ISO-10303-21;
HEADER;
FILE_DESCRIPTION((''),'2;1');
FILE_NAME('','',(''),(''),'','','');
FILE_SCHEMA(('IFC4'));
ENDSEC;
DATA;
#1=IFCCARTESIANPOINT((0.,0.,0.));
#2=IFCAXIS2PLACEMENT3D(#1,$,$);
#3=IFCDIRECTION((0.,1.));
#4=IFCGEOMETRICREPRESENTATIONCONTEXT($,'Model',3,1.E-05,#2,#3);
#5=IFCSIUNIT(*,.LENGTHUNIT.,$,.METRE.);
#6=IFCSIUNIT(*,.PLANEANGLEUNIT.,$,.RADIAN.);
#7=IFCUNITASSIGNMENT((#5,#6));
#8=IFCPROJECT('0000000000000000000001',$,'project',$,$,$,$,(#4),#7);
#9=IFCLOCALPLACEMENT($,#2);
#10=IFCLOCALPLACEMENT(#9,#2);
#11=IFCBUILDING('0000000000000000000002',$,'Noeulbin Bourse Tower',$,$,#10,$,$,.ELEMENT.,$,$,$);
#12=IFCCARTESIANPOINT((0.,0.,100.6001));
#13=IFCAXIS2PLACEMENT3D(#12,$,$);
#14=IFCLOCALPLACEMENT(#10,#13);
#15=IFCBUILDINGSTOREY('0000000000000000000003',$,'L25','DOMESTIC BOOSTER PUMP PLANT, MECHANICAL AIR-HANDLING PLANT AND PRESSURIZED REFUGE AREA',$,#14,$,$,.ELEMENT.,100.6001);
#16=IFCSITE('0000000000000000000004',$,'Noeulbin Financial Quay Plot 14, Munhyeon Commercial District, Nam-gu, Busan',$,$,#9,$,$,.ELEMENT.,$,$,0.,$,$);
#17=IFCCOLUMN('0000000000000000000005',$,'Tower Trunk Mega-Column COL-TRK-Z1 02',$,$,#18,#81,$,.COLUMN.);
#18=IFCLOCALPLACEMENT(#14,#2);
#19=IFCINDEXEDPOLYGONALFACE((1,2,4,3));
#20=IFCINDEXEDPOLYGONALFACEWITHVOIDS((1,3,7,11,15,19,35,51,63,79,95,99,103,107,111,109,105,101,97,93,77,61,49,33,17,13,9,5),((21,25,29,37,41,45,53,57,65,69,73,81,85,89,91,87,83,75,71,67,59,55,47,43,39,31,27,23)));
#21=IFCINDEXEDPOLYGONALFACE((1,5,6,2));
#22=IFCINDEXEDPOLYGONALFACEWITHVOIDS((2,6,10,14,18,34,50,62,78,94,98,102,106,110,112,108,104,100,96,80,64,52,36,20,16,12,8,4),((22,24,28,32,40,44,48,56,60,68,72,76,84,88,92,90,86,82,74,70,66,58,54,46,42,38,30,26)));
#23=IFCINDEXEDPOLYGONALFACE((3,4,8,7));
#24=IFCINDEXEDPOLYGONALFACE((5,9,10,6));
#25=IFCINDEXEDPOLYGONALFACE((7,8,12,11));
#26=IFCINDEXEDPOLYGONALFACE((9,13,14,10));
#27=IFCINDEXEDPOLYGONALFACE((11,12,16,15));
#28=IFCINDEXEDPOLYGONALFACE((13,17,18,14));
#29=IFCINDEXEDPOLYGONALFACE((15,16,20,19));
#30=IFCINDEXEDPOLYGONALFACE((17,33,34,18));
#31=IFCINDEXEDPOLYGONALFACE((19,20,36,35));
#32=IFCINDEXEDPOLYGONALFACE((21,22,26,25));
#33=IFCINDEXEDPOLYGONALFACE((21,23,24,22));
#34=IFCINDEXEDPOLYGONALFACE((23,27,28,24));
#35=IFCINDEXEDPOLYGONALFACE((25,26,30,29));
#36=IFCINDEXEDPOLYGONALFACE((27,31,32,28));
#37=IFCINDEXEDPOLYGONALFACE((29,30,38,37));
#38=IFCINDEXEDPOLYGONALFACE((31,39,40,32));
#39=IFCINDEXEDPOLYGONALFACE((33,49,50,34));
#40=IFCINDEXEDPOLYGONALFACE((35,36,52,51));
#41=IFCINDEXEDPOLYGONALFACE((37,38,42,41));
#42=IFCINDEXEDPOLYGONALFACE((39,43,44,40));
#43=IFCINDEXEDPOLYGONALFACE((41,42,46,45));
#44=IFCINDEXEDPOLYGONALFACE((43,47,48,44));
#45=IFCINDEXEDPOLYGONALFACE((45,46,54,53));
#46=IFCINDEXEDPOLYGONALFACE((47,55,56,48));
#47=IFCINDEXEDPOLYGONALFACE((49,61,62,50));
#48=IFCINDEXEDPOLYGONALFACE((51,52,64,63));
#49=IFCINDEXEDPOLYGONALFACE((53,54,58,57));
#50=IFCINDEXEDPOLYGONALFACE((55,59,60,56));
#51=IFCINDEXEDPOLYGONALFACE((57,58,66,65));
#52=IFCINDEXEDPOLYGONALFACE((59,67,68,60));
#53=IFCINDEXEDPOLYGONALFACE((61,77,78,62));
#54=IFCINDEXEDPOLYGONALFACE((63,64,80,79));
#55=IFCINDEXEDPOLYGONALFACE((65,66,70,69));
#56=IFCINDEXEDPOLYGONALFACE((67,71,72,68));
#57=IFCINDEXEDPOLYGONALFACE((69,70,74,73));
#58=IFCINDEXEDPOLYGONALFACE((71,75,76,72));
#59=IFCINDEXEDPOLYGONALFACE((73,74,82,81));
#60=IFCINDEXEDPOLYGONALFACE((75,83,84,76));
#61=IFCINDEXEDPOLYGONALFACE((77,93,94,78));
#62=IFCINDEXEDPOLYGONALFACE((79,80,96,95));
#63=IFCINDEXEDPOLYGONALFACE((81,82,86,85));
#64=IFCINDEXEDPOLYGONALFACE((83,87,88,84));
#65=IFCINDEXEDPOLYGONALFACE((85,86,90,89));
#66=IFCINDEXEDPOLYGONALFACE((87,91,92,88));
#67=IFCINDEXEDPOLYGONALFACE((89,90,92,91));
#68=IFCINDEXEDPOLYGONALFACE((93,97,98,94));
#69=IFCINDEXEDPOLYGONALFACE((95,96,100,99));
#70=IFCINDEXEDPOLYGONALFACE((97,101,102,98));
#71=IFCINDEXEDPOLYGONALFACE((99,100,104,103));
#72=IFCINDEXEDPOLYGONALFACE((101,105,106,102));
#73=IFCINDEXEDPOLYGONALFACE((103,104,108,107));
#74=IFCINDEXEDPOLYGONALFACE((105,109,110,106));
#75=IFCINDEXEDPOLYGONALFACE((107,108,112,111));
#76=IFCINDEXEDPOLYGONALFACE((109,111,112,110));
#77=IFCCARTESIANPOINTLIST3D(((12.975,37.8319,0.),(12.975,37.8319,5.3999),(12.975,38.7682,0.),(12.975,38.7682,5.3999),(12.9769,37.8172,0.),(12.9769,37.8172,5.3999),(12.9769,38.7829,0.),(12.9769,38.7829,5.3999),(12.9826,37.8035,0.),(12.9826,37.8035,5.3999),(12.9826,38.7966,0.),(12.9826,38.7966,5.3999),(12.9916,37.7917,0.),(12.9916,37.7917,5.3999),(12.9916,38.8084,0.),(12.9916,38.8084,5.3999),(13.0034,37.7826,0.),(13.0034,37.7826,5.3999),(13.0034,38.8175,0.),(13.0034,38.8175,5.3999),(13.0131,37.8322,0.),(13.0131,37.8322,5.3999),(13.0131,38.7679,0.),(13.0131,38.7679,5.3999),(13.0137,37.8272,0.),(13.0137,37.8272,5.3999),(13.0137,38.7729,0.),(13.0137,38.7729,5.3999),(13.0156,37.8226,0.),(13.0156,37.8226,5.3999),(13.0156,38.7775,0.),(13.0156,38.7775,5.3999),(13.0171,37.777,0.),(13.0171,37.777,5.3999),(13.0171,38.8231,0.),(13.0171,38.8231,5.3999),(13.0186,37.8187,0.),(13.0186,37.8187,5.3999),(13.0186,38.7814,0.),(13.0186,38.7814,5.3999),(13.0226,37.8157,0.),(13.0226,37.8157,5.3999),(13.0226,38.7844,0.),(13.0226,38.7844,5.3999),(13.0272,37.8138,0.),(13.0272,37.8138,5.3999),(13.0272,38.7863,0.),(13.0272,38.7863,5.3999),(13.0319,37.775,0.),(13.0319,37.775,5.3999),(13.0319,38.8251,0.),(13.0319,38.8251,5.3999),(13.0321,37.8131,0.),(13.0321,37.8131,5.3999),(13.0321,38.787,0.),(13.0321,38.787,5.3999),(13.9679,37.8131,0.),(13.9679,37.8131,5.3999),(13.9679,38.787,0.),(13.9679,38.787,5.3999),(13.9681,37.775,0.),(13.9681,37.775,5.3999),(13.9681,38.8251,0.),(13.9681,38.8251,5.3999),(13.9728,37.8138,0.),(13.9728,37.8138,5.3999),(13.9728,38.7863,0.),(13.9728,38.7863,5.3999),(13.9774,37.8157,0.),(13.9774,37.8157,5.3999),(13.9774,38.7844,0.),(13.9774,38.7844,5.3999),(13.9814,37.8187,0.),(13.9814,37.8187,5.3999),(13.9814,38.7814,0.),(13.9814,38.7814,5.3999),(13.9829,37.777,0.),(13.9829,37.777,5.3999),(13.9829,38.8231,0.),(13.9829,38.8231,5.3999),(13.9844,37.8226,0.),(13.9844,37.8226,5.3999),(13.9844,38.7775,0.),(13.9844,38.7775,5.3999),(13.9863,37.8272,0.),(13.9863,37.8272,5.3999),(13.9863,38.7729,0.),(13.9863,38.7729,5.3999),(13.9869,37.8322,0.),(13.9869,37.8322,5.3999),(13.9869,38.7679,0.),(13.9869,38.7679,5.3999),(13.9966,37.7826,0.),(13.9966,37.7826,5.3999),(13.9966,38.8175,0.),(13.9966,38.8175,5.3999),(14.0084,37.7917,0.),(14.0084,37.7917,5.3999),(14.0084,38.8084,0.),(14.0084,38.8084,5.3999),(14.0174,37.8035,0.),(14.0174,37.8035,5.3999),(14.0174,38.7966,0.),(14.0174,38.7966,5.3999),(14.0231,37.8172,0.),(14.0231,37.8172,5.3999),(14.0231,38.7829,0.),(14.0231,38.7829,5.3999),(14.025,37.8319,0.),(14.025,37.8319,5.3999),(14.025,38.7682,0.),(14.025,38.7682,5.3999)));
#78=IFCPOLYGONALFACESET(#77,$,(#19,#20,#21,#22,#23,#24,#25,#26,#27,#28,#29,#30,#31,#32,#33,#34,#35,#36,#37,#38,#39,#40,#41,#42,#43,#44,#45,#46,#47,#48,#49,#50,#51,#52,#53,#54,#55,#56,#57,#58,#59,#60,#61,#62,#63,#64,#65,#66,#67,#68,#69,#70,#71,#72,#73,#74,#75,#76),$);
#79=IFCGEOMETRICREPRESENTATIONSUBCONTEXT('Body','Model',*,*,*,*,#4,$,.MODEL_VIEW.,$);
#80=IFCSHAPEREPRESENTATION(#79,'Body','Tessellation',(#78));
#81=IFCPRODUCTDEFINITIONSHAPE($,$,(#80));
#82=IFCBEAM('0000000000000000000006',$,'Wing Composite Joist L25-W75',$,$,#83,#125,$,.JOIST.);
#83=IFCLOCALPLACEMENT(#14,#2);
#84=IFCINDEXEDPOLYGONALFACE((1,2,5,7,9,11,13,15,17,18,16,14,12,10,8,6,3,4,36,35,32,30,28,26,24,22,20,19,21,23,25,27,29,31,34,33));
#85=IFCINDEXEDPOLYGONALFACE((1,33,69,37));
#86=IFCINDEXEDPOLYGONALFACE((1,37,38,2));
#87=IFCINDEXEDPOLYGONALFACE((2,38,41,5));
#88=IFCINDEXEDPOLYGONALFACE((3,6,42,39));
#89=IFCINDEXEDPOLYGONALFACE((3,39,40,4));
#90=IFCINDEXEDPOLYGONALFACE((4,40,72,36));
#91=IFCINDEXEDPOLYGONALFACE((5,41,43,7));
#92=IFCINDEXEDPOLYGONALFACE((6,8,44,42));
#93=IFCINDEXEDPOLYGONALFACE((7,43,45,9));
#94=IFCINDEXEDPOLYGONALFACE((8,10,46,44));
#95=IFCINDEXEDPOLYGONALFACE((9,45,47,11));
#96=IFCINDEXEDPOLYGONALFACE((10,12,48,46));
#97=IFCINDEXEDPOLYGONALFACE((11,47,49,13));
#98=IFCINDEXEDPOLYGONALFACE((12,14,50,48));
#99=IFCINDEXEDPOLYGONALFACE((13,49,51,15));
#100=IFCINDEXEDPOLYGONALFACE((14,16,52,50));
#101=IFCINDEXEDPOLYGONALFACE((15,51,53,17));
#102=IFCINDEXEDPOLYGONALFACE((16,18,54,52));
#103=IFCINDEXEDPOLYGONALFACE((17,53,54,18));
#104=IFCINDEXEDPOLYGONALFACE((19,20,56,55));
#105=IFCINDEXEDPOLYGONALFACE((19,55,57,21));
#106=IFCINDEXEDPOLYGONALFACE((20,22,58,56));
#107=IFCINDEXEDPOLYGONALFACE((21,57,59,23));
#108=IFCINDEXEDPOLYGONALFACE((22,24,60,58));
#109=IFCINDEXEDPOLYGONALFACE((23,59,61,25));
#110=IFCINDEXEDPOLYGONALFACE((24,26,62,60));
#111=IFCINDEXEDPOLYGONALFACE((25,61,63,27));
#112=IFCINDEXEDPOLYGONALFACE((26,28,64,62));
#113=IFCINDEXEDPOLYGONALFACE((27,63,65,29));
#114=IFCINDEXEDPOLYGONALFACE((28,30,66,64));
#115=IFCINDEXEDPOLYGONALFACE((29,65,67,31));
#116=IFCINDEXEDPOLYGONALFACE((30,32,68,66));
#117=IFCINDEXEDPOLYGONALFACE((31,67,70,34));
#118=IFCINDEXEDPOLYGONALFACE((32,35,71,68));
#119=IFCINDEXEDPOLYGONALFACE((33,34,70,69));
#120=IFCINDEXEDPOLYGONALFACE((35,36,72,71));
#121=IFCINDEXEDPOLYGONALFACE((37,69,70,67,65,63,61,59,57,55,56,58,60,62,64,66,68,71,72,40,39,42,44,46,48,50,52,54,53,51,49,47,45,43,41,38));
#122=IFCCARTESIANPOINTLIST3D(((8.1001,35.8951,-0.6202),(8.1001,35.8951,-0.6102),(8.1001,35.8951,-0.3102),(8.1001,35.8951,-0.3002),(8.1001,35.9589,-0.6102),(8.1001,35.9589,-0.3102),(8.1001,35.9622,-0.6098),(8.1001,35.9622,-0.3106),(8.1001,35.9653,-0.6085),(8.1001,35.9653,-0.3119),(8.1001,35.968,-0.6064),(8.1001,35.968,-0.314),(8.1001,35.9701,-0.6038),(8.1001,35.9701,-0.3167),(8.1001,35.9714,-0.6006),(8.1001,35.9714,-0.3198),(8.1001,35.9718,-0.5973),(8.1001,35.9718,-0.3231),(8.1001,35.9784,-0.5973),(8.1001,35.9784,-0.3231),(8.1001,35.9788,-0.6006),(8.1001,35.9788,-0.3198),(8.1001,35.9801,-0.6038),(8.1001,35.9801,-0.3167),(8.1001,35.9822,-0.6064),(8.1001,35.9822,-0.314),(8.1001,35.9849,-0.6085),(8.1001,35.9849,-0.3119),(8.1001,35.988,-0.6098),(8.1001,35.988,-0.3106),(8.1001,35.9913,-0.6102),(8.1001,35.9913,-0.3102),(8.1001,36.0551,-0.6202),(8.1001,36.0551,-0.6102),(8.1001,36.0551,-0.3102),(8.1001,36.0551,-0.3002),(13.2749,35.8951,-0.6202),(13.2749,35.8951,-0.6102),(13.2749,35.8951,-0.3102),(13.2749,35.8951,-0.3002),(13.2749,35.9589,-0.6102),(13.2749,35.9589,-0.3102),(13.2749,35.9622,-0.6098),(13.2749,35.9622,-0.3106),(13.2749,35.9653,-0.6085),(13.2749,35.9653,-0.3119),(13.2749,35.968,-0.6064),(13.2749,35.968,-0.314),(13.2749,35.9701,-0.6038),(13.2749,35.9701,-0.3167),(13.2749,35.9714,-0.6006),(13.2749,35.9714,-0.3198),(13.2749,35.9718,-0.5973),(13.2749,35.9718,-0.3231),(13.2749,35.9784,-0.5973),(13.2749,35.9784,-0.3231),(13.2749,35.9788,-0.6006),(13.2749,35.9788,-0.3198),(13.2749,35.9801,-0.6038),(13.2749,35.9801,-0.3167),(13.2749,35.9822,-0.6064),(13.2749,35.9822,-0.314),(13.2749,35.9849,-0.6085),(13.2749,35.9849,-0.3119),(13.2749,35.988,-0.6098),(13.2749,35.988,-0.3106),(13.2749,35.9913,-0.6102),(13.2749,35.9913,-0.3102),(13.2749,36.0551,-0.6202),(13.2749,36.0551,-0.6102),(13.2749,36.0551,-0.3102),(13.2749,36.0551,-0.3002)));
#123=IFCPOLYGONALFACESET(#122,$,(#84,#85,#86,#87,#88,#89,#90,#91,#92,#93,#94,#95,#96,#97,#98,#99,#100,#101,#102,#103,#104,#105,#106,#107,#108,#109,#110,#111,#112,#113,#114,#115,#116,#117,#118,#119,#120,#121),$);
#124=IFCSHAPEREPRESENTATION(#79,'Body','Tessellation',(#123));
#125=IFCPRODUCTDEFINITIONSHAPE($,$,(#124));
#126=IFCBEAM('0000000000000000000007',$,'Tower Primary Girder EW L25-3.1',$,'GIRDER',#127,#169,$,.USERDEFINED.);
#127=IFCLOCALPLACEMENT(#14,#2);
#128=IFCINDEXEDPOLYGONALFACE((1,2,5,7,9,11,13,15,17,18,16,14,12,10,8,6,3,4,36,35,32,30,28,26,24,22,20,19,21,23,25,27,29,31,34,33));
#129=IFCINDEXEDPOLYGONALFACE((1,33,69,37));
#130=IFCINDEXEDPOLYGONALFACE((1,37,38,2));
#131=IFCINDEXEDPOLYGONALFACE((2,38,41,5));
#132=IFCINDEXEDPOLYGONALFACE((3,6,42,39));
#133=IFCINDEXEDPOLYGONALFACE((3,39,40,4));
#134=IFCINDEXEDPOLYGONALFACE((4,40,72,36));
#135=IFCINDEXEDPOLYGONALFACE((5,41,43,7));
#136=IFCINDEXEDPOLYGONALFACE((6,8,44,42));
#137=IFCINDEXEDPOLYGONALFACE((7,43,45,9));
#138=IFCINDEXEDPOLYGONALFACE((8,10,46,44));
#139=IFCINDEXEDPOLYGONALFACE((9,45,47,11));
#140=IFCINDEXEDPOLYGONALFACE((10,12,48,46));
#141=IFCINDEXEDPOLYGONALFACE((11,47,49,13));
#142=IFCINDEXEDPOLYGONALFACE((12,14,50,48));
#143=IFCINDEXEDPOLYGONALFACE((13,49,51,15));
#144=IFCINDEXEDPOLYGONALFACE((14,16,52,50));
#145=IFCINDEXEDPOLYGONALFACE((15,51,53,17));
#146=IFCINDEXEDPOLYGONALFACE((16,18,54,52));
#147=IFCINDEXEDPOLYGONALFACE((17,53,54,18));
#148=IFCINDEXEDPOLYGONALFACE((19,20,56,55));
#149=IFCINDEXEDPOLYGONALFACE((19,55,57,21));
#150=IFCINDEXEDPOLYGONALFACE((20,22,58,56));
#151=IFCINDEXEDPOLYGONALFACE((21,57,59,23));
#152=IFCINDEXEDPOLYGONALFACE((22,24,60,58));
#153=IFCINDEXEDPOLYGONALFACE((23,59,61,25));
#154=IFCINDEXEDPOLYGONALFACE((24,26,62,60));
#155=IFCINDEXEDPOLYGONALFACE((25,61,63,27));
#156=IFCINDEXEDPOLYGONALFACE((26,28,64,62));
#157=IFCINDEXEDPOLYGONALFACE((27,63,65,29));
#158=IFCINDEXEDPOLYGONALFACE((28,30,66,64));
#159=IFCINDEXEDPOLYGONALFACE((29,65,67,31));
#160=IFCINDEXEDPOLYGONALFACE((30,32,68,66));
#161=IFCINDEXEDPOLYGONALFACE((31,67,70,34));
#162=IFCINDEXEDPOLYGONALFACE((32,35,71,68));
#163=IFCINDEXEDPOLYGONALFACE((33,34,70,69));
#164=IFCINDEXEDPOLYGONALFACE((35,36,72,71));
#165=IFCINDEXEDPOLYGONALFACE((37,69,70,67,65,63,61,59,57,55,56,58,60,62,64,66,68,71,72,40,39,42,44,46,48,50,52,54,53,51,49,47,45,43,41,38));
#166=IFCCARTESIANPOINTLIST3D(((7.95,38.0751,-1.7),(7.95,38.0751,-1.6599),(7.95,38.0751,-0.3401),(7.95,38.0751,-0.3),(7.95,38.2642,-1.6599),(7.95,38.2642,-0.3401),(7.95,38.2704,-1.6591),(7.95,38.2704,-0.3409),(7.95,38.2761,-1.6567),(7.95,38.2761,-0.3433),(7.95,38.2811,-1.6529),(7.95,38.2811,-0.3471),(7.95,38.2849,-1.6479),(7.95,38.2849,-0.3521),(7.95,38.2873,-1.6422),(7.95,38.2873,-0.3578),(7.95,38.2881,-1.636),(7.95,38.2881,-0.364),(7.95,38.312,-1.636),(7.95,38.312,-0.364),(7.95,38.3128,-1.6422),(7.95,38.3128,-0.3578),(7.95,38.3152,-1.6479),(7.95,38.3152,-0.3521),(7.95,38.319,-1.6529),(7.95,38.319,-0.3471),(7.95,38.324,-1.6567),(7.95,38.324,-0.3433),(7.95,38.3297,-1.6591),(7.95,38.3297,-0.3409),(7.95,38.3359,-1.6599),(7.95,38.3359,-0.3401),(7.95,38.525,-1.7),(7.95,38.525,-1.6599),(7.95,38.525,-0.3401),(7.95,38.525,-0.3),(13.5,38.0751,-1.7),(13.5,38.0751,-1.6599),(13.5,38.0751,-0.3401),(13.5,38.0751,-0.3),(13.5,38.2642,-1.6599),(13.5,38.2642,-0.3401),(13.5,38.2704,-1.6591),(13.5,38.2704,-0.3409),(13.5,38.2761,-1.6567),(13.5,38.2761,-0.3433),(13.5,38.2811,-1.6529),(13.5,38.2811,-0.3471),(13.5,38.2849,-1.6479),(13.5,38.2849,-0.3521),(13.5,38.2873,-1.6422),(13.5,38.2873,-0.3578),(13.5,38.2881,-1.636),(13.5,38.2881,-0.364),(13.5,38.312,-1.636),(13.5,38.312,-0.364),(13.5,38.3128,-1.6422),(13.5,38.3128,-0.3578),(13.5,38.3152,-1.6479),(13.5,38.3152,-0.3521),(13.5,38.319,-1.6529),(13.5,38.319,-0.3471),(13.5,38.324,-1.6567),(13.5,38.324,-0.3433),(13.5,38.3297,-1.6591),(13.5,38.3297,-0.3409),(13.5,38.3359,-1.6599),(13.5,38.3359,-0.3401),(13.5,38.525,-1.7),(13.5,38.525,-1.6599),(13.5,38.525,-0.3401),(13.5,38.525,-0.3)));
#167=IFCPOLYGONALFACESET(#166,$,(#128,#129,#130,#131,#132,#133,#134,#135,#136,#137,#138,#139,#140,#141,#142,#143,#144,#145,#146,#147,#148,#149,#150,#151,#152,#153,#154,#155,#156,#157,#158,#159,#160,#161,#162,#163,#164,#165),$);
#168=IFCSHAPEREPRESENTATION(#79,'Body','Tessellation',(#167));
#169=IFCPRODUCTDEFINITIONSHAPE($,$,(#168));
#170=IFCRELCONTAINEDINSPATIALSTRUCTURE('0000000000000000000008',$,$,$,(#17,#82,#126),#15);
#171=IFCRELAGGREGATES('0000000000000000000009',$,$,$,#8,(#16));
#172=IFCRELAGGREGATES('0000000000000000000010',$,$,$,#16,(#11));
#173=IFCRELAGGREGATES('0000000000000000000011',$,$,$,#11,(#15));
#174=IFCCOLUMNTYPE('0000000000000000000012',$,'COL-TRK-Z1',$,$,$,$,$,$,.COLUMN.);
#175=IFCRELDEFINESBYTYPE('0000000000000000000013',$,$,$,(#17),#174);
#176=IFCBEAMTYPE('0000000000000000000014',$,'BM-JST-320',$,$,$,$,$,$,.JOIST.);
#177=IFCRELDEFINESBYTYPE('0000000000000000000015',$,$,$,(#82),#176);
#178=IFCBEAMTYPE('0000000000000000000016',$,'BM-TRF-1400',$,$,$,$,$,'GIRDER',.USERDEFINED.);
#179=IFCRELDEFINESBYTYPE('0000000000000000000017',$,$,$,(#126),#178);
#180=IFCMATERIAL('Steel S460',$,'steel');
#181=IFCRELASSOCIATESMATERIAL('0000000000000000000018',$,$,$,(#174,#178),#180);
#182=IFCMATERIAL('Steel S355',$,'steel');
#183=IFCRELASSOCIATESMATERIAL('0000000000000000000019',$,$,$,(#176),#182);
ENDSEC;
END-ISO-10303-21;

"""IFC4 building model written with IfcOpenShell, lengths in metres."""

from ifc_helpers import new_model, si_unit, direction, frame, origin, origin_2d, place, context, subcontext, project, spatial, hollow_rectangle, i_section, extrude, material, material_profile, profile_set, type_object, element, save


model = new_model("IFC4")

# Units and contexts
model_context = context("Model", 3, precision=1e-05, world=origin(), true_north=direction((0.0, 1.0)))
body_context = subcontext(model_context, "Body", "Model", "MODEL_VIEW")
ifc_project = project(units=[si_unit("LENGTHUNIT", "METRE"), si_unit("PLANEANGLEUNIT", "RADIAN")], contexts=[model_context])

# Site, building, storey
site_placement = place(None, origin())
site = spatial("IfcSite", under=ifc_project, at=site_placement, Name="Noeulbin Financial Quay Plot 14, Munhyeon Commercial District, Nam-gu, Busan", CompositionType="ELEMENT", RefElevation=0.0)
building_placement = place(site_placement, origin())
building = spatial("IfcBuilding", under=site, at=building_placement, Name="Noeulbin Bourse Tower", CompositionType="ELEMENT")
storey_placement = place(building_placement, frame((0.0, 0.0, 100.6001)))
storey = spatial("IfcBuildingStorey", under=building, at=storey_placement, Name="L25", Description="DOMESTIC BOOSTER PUMP PLANT, MECHANICAL AIR-HANDLING PLANT AND PRESSURIZED REFUGE AREA", CompositionType="ELEMENT", Elevation=100.6001)

# Column
ifc_material_1 = material(Name="Steel S460", Category="steel")
ifc_material_profile_1 = material_profile(ifc_material_1, hollow_rectangle(XDim=1.05, YDim=1.05, WallThickness=0.0381, InnerFilletRadius=0.019, OuterFilletRadius=0.0569, at=origin_2d()), Name="BOX-1050x1050x38", Category="LoadBearing")
ifc_profile_set_1 = profile_set([ifc_material_profile_1], Name="Steel S460")
column_type_1 = type_object("IfcColumnType", Name="COL-TRK-Z1", PredefinedType="COLUMN", material=ifc_profile_set_1)
column_placement = place(storey_placement, frame((13.5, 38.3, 0.0), z_axis=(0.0, 0.0, 1.0), x_axis=(1.0, 0.0, 0.0)))
element("IfcColumn", 1, at=column_placement, inside=storey, type_object=column_type_1, Name="Tower Trunk Mega-Column COL-TRK-Z1 02", PredefinedType="COLUMN", context=body_context, shape_type="SweptSolid", body=[
    extrude(hollow_rectangle(XDim=1.05, YDim=1.05, WallThickness=0.0381, InnerFilletRadius=0.019, OuterFilletRadius=0.0569, at=origin_2d()), origin(), (0.0, 0.0, 1.0), 5.3999),
])

# Beams
ifc_material_2 = material(Name="Steel S355", Category="steel")
ifc_material_profile_2 = material_profile(ifc_material_2, i_section(OverallWidth=0.1599, OverallDepth=0.3201, WebThickness=0.0066, FlangeThickness=0.01, FilletRadius=0.0129, at=origin_2d()), Name="H-320x160x6.5x10", Category="LoadBearing")
ifc_profile_set_2 = profile_set([ifc_material_profile_2], Name="Steel S355")
beam_type_1 = type_object("IfcBeamType", Name="BM-JST-320", PredefinedType="JOIST", material=ifc_profile_set_2)
beam_1_placement = place(storey_placement, frame((8.1001, 35.9751, -0.4602), z_axis=(1.0, 0.0, 0.0), x_axis=(0.0, 1.0, 0.0)))
element("IfcBeam", 2, at=beam_1_placement, inside=storey, type_object=beam_type_1, Name="Wing Composite Joist L25-W75", PredefinedType="JOIST", context=body_context, shape_type="SweptSolid", body=[
    extrude(i_section(OverallWidth=0.1599, OverallDepth=0.3201, WebThickness=0.0066, FlangeThickness=0.01, FilletRadius=0.0129, at=origin_2d()), origin(), (0.0, 0.0, 1.0), 5.1748),
])
ifc_material_profile_3 = material_profile(ifc_material_1, i_section(OverallWidth=0.45, OverallDepth=1.3999, WebThickness=0.0239, FlangeThickness=0.04, FilletRadius=0.0239, at=origin_2d()), Name="PG-1400x450x24x40", Category="LoadBearing")
ifc_profile_set_3 = profile_set([ifc_material_profile_3], Name="Steel S460")
beam_type_2 = type_object("IfcBeamType", Name="BM-TRF-1400", ElementType="GIRDER", PredefinedType="USERDEFINED", material=ifc_profile_set_3)
beam_2_placement = place(storey_placement, frame((7.95, 38.3, -1.0), z_axis=(1.0, 0.0, 0.0), x_axis=(0.0, 1.0, 0.0)))
element("IfcBeam", 3, at=beam_2_placement, inside=storey, type_object=beam_type_2, Name="Tower Primary Girder EW L25-3.1", ObjectType="GIRDER", PredefinedType="USERDEFINED", context=body_context, shape_type="SweptSolid", body=[
    extrude(i_section(OverallWidth=0.45, OverallDepth=1.3999, WebThickness=0.0239, FlangeThickness=0.04, FilletRadius=0.0239, at=origin_2d()), origin(), (0.0, 0.0, 1.0), 5.55),
])

save(model, "model.ifc")
